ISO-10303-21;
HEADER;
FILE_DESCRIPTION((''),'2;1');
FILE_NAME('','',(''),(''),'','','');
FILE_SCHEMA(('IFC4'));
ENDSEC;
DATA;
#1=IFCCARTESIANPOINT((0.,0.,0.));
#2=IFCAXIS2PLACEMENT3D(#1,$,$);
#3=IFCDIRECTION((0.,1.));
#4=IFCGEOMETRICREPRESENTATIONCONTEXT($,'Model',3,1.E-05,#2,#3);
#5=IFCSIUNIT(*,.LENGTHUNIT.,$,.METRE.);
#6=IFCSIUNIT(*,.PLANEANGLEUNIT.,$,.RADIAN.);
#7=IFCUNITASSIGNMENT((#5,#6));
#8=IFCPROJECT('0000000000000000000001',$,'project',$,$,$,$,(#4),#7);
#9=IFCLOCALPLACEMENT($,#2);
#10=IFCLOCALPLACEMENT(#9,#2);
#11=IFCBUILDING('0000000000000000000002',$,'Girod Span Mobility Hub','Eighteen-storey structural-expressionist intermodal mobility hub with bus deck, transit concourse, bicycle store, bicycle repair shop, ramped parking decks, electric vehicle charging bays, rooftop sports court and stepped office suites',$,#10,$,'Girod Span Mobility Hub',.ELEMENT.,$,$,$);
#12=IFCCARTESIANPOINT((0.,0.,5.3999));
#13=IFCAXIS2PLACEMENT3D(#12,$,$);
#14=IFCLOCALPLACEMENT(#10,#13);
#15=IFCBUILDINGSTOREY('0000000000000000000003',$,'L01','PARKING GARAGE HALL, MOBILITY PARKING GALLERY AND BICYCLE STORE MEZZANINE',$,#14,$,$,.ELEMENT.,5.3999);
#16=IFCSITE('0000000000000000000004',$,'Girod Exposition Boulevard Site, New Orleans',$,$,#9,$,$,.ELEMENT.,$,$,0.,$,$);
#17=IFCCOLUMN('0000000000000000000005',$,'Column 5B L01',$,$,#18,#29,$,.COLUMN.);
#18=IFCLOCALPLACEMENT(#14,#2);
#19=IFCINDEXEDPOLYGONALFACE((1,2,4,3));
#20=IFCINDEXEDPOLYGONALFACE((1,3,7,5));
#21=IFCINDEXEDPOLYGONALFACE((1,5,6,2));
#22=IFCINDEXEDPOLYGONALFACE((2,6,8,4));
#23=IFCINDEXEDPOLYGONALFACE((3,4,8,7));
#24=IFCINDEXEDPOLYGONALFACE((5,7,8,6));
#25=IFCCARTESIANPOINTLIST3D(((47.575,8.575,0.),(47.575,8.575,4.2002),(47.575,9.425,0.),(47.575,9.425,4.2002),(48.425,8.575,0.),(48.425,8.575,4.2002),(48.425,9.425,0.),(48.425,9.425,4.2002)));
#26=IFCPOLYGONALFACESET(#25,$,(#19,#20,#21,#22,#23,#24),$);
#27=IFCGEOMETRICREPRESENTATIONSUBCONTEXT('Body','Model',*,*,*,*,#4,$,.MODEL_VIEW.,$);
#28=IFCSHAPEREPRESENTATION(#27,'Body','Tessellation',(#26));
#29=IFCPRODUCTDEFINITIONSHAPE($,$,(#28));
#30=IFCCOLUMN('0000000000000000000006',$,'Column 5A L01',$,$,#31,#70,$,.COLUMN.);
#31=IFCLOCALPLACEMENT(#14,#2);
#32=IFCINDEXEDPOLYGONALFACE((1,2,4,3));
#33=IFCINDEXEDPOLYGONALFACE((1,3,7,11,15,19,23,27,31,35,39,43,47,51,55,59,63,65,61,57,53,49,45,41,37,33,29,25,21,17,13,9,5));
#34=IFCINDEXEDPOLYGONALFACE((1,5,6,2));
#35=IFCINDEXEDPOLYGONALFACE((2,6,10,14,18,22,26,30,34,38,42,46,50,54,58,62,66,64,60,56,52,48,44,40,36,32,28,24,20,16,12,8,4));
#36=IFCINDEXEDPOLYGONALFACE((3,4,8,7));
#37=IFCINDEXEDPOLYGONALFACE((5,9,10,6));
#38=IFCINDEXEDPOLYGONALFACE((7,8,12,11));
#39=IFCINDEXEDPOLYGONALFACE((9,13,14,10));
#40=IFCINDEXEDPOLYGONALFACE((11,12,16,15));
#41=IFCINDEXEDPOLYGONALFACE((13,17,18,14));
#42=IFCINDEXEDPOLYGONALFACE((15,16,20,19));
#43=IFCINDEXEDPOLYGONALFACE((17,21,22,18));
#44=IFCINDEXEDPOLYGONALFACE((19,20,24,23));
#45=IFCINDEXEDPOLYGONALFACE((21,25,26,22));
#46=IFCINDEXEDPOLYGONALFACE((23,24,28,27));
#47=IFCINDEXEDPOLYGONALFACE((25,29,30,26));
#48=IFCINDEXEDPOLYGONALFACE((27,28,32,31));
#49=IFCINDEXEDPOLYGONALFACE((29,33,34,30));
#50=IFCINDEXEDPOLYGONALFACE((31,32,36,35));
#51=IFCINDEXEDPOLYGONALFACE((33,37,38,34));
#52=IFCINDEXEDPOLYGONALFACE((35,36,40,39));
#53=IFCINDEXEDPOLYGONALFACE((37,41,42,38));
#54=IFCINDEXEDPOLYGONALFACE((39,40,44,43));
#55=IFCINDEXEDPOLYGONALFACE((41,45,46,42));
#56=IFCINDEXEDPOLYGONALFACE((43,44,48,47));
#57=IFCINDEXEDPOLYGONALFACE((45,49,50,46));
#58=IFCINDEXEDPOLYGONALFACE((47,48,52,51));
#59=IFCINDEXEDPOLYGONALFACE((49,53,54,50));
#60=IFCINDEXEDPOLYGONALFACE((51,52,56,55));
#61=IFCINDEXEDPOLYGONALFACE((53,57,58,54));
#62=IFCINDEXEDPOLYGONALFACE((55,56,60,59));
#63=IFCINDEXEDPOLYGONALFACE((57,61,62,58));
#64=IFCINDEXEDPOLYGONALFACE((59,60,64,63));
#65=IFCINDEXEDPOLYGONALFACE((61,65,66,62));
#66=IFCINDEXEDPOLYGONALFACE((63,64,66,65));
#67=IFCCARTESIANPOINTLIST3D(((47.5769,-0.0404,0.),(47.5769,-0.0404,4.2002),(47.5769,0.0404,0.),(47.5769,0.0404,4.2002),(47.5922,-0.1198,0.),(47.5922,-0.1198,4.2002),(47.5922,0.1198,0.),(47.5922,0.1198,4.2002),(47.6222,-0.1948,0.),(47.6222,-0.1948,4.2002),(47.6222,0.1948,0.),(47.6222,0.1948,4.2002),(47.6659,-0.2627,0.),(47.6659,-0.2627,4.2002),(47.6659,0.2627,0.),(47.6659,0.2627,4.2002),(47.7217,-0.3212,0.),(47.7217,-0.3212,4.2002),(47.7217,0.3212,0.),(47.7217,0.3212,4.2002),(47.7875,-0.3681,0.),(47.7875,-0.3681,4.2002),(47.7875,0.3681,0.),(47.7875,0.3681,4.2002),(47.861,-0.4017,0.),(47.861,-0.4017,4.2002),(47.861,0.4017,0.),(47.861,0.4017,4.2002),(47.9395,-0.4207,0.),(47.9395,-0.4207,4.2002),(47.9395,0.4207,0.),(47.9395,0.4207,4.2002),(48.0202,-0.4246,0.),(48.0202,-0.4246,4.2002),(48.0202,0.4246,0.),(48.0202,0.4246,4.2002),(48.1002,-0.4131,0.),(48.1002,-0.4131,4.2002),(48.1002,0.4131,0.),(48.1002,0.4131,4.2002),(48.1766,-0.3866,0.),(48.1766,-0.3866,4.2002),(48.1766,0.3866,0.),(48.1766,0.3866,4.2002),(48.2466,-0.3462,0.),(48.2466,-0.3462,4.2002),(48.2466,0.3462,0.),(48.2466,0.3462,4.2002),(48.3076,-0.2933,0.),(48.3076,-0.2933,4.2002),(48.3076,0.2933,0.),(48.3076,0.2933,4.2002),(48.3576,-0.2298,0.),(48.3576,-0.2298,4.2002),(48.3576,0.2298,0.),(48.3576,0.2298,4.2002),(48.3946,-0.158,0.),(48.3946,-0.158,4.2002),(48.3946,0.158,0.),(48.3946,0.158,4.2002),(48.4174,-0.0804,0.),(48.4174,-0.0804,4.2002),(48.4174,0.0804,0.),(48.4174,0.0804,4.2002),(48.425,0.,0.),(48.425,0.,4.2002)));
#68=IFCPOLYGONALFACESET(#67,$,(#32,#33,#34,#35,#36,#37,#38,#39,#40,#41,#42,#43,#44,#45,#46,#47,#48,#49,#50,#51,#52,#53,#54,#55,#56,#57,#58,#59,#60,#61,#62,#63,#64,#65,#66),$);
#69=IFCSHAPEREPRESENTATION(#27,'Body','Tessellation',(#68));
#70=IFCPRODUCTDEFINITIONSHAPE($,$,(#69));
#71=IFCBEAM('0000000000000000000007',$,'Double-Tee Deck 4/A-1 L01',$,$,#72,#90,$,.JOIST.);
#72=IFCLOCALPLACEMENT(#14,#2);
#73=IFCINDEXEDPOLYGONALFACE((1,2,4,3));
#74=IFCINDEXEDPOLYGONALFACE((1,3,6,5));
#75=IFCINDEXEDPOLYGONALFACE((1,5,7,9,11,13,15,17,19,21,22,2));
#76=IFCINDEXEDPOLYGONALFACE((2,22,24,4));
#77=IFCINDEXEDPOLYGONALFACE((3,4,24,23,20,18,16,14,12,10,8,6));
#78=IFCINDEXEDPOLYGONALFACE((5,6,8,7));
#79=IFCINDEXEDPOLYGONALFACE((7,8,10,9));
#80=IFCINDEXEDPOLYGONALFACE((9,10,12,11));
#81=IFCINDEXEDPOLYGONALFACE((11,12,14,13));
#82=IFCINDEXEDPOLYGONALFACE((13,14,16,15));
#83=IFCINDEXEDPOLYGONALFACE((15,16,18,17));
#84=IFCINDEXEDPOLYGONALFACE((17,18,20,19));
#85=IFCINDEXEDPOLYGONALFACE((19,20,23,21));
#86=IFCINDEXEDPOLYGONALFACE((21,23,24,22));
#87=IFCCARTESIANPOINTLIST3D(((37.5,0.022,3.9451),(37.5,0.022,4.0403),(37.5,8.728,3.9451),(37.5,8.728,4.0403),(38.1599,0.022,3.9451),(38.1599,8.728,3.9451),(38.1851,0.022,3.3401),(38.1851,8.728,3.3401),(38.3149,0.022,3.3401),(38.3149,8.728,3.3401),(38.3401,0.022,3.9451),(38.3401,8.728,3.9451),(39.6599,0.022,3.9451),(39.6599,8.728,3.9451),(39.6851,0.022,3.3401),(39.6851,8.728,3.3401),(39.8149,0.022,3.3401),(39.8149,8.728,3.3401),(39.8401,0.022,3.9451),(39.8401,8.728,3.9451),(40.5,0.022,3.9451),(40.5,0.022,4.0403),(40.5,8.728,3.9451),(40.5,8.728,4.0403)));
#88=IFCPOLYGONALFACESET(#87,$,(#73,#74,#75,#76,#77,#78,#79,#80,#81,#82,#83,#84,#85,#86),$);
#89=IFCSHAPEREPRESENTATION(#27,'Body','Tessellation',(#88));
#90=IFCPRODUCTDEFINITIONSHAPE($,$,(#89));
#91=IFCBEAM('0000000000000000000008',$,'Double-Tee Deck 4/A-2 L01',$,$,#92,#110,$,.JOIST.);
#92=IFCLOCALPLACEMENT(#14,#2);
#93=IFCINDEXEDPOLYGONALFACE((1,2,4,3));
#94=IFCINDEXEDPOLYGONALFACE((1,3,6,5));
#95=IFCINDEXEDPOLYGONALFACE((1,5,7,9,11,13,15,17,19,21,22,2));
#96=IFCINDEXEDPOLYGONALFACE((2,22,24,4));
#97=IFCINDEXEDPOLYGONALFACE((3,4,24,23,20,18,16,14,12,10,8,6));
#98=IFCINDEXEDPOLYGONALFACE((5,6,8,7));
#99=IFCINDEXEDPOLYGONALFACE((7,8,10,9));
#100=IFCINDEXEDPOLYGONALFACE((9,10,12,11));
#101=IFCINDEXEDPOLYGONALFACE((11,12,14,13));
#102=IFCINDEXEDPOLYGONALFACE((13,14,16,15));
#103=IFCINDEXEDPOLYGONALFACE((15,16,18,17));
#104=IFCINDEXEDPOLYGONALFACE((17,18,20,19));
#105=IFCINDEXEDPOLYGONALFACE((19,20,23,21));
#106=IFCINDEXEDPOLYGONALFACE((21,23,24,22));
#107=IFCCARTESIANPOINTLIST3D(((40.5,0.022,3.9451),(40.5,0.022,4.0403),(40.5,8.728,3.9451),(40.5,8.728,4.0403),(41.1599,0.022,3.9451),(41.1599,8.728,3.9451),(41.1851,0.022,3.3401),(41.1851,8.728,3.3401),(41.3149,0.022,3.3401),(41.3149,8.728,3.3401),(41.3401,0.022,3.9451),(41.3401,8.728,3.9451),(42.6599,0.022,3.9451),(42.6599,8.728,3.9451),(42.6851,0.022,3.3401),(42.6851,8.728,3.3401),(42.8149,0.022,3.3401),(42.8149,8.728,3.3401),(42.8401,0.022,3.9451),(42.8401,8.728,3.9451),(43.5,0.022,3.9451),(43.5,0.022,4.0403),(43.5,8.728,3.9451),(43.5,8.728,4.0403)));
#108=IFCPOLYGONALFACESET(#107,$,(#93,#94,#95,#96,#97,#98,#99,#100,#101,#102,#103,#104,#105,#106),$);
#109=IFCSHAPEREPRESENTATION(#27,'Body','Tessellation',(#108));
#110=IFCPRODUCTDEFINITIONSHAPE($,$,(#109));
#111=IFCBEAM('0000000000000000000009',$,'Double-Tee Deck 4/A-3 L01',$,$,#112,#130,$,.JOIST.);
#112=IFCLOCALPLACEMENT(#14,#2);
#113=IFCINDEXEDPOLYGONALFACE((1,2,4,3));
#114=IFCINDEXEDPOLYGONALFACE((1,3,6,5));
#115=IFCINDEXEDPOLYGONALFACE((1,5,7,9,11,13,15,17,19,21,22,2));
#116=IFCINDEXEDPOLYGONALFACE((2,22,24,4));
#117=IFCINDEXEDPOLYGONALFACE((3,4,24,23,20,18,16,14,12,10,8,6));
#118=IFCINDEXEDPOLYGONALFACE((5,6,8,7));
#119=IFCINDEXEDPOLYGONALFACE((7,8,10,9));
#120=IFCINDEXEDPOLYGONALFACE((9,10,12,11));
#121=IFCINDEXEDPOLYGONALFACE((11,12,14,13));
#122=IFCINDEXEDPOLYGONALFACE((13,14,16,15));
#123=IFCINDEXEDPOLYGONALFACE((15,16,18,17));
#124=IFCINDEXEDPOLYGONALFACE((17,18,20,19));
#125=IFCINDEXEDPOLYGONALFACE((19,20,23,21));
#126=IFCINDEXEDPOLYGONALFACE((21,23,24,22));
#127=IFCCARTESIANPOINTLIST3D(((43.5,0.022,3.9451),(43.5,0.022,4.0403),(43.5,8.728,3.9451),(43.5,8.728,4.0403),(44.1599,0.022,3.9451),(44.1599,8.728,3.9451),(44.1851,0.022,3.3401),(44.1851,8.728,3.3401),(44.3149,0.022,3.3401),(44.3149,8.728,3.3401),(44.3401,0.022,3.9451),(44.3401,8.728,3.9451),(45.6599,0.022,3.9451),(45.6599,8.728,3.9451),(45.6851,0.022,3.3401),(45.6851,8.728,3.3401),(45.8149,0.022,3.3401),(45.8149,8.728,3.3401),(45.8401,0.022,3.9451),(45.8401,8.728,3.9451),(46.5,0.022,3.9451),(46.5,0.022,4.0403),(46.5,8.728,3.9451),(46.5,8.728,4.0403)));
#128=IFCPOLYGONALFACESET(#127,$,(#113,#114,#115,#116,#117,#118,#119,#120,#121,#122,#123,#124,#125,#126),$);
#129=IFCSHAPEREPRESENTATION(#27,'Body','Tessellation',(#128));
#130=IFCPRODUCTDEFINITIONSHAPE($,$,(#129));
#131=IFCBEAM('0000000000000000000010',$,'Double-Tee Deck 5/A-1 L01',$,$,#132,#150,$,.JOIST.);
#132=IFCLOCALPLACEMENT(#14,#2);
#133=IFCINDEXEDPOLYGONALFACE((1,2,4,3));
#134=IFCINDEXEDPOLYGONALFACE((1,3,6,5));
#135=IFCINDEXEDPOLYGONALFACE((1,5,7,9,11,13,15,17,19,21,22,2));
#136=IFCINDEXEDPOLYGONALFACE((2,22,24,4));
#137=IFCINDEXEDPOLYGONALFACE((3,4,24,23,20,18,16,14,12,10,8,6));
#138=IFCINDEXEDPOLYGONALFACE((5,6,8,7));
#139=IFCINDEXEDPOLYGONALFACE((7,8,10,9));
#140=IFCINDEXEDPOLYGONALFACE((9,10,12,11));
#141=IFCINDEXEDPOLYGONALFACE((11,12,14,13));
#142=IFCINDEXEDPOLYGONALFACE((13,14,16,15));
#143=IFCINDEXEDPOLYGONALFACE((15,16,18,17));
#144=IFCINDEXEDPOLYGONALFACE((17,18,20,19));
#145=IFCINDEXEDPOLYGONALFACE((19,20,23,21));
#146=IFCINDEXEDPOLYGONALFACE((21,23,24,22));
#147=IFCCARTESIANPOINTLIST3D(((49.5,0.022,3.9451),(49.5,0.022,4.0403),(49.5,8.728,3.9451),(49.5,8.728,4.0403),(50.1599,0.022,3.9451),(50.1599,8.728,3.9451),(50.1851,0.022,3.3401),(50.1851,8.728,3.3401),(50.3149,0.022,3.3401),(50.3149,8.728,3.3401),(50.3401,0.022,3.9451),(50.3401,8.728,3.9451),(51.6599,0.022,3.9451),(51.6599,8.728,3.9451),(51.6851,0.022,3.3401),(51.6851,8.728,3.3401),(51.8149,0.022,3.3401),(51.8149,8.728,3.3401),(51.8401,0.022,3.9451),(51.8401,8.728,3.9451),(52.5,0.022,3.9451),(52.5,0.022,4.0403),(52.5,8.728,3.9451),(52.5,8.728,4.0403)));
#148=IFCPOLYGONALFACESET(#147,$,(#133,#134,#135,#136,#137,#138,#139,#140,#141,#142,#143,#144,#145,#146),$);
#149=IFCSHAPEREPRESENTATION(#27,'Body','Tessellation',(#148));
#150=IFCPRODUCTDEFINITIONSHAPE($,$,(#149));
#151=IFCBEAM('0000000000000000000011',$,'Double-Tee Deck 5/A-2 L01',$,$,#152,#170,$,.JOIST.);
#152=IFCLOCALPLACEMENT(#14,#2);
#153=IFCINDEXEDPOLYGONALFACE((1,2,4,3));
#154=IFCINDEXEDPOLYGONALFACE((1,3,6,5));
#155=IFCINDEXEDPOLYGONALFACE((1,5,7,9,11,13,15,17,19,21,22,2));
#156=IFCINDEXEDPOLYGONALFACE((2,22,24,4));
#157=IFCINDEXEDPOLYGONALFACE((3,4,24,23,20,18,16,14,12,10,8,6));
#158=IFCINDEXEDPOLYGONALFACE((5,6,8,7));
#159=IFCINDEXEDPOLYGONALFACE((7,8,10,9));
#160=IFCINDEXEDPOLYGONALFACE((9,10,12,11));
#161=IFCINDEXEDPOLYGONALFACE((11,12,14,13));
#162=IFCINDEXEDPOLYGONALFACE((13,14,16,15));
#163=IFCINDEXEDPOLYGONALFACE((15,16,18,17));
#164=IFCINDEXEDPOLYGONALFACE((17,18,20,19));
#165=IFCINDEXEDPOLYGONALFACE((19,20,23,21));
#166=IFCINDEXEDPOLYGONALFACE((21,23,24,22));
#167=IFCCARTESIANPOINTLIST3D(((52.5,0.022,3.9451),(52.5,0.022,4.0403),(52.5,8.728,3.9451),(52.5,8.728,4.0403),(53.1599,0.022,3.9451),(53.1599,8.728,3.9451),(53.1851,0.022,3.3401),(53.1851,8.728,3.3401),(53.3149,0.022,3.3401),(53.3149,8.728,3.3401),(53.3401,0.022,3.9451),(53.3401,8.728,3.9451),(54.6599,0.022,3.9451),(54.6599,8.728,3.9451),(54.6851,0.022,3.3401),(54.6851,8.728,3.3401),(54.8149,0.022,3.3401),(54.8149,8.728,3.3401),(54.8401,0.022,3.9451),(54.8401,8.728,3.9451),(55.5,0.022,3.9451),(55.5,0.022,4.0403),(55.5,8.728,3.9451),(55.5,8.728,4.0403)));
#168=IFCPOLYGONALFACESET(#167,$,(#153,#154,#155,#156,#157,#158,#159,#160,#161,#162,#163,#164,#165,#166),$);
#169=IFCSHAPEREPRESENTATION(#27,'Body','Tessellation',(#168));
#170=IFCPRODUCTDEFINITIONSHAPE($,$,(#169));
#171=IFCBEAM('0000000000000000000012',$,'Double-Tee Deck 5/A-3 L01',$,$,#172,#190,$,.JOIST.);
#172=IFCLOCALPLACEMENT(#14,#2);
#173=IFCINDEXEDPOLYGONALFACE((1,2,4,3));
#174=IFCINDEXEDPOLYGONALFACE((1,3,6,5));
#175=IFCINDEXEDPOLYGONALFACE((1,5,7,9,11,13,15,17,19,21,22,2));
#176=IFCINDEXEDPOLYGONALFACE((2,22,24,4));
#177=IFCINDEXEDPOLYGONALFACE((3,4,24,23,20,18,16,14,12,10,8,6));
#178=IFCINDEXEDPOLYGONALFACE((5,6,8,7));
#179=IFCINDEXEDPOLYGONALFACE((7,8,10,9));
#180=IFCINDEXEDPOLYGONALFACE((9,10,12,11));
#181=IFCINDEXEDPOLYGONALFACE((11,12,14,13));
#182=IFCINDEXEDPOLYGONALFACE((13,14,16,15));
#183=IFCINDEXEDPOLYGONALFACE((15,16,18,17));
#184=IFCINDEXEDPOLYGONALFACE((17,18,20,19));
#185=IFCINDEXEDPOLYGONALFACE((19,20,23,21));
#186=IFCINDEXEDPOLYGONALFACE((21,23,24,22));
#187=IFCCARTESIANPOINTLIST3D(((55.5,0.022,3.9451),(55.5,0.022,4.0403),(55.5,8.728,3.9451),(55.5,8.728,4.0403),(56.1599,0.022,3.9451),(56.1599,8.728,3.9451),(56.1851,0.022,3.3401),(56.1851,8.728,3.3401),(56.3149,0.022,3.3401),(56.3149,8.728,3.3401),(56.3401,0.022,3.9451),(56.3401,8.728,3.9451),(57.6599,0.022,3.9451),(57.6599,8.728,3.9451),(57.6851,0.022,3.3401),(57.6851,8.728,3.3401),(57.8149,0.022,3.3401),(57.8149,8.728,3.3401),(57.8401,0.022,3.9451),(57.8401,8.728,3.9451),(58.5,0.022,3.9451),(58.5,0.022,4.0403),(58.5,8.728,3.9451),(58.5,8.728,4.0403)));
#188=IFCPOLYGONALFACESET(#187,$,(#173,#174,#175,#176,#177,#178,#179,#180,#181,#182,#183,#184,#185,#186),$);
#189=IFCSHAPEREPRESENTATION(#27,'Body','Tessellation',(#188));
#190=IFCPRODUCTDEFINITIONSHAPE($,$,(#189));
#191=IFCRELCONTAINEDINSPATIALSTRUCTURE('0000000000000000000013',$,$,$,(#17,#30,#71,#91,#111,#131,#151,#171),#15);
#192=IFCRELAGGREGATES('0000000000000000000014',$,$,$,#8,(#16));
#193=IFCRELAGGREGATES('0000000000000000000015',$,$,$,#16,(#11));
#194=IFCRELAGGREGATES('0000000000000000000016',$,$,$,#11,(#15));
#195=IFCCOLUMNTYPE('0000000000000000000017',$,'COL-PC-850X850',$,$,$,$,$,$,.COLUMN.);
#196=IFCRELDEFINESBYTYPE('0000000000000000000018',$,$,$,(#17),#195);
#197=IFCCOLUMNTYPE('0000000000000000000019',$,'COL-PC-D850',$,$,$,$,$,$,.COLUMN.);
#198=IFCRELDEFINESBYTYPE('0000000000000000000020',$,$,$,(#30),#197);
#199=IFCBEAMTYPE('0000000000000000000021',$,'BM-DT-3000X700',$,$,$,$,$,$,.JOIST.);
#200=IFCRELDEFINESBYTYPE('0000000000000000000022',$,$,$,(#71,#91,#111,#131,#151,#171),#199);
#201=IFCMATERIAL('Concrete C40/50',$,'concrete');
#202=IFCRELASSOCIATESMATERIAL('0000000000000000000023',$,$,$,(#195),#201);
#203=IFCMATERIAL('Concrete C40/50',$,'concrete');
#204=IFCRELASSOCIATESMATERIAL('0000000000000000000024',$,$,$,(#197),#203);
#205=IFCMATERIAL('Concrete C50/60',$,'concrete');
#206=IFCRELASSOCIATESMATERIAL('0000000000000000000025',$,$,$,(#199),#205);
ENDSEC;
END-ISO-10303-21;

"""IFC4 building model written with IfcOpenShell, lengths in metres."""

from ifc_helpers import new_model, si_unit, direction, frame, origin, origin_2d, place, context, subcontext, project, spatial, polyline, rectangle, circle, outline, extrude, material, material_profile, profile_set, type_object, element, save


model = new_model("IFC4")

# Units and contexts
model_context = context("Model", 3, precision=1e-05, world=origin(), true_north=direction((0.0, 1.0)))
body_context = subcontext(model_context, "Body", "Model", "MODEL_VIEW")
ifc_project = project(units=[si_unit("LENGTHUNIT", "METRE"), si_unit("PLANEANGLEUNIT", "RADIAN")], contexts=[model_context])

# Site, building, storey
site_placement = place(None, origin())
site = spatial("IfcSite", under=ifc_project, at=site_placement, Name="Girod Exposition Boulevard Site, New Orleans", CompositionType="ELEMENT", RefElevation=0.0)
building_placement = place(site_placement, origin())
building = spatial("IfcBuilding", under=site, at=building_placement, Name="Girod Span Mobility Hub", Description="Eighteen-storey structural-expressionist intermodal mobility hub with bus deck, transit concourse, bicycle store, bicycle repair shop, ramped parking decks, electric vehicle charging bays, rooftop sports court and stepped office suites", LongName="Girod Span Mobility Hub", CompositionType="ELEMENT")
storey_placement = place(building_placement, frame((0.0, 0.0, 5.3999)))
storey = spatial("IfcBuildingStorey", under=building, at=storey_placement, Name="L01", Description="PARKING GARAGE HALL, MOBILITY PARKING GALLERY AND BICYCLE STORE MEZZANINE", CompositionType="ELEMENT", Elevation=5.3999)

# Columns
ifc_material_1 = material(Name="Concrete C40/50", Category="concrete")
ifc_material_profile_1 = material_profile(ifc_material_1, rectangle(XDim=0.8501, YDim=0.8501, at=origin_2d()), Name="PC-COL-850X850")
ifc_profile_set_1 = profile_set([ifc_material_profile_1], Name="Concrete C40/50")
column_type_1 = type_object("IfcColumnType", Name="COL-PC-850X850", PredefinedType="COLUMN", material=ifc_profile_set_1)
column_1_placement = place(storey_placement, frame((48.0, 9.0, 0.0), z_axis=(0.0, 0.0, 1.0), x_axis=(1.0, 0.0, 0.0)))
element("IfcColumn", 1, at=column_1_placement, inside=storey, type_object=column_type_1, Name="Column 5B L01", PredefinedType="COLUMN", context=body_context, shape_type="SweptSolid", body=[
    extrude(rectangle(XDim=0.8501, YDim=0.8501, at=origin_2d()), origin(), (0.0, 0.0, 1.0), 4.2002),
])
ifc_material_2 = material(Name="Concrete C40/50", Category="concrete")
ifc_material_profile_2 = material_profile(ifc_material_2, circle(Radius=0.425, at=origin_2d()), Name="PC-CIR-D850")
ifc_profile_set_2 = profile_set([ifc_material_profile_2], Name="Concrete C40/50")
column_type_2 = type_object("IfcColumnType", Name="COL-PC-D850", PredefinedType="COLUMN", material=ifc_profile_set_2)
column_2_placement = place(storey_placement, frame((48.0, 0.0, 0.0), z_axis=(0.0, 0.0, 1.0), x_axis=(1.0, 0.0, 0.0)))
element("IfcColumn", 2, at=column_2_placement, inside=storey, type_object=column_type_2, Name="Column 5A L01", PredefinedType="COLUMN", context=body_context, shape_type="SweptSolid", body=[
    extrude(circle(Radius=0.425, at=origin_2d()), origin(), (0.0, 0.0, 1.0), 4.2002),
])

# Beams
ifc_material_3 = material(Name="Concrete C50/60", Category="concrete")
ifc_material_profile_3 = material_profile(ifc_material_3, outline(polyline([(-1.5, 0.3501), (-1.5, 0.2549), (-0.8401, 0.2549), (-0.8149, -0.3501), (-0.6851, -0.3501), (-0.6599, 0.2549), (0.6599, 0.2549), (0.6851, -0.3501), (0.8149, -0.3501), (0.8401, 0.2549), (1.5, 0.2549), (1.5, 0.3501), (-1.5, 0.3501)])), Name="DT-3000X700")
ifc_profile_set_3 = profile_set([ifc_material_profile_3], Name="Concrete C50/60")
beam_type_1 = type_object("IfcBeamType", Name="BM-DT-3000X700", PredefinedType="JOIST", material=ifc_profile_set_3)
for number, where, z_axis, x_axis, name in (
    (3, (39.0, 0.022, 3.6902), (0.0, 1.0, 0.0), (-1.0, 0.0, 0.0), "Double-Tee Deck 4/A-1 L01"),
    (4, (42.0, 0.022, 3.6902), (0.0, 1.0, 0.0), (-1.0, 0.0, 0.0), "Double-Tee Deck 4/A-2 L01"),
    (5, (45.0, 0.022, 3.6902), (0.0, 1.0, 0.0), (-1.0, 0.0, 0.0), "Double-Tee Deck 4/A-3 L01"),
    (6, (51.0, 0.022, 3.6902), (0.0, 1.0, 0.0), (-1.0, 0.0, 0.0), "Double-Tee Deck 5/A-1 L01"),
    (7, (54.0, 0.022, 3.6902), (0.0, 1.0, 0.0), (-1.0, 0.0, 0.0), "Double-Tee Deck 5/A-2 L01"),
    (8, (57.0, 0.022, 3.6902), (0.0, 1.0, 0.0), (-1.0, 0.0, 0.0), "Double-Tee Deck 5/A-3 L01"),
):
    element("IfcBeam", number, at=place(storey_placement, frame(where, z_axis=z_axis, x_axis=x_axis)), inside=storey, type_object=beam_type_1, Name=name, PredefinedType="JOIST", context=body_context, shape_type="SweptSolid", body=[
        extrude(outline(polyline([(-1.5, 0.3501), (-1.5, 0.2549), (-0.8401, 0.2549), (-0.8149, -0.3501), (-0.6851, -0.3501), (-0.6599, 0.2549), (0.6599, 0.2549), (0.6851, -0.3501), (0.8149, -0.3501), (0.8401, 0.2549), (1.5, 0.2549), (1.5, 0.3501), (-1.5, 0.3501)])), origin(), (0.0, 0.0, 1.0), 8.7061),
    ])

save(model, "model.ifc")
